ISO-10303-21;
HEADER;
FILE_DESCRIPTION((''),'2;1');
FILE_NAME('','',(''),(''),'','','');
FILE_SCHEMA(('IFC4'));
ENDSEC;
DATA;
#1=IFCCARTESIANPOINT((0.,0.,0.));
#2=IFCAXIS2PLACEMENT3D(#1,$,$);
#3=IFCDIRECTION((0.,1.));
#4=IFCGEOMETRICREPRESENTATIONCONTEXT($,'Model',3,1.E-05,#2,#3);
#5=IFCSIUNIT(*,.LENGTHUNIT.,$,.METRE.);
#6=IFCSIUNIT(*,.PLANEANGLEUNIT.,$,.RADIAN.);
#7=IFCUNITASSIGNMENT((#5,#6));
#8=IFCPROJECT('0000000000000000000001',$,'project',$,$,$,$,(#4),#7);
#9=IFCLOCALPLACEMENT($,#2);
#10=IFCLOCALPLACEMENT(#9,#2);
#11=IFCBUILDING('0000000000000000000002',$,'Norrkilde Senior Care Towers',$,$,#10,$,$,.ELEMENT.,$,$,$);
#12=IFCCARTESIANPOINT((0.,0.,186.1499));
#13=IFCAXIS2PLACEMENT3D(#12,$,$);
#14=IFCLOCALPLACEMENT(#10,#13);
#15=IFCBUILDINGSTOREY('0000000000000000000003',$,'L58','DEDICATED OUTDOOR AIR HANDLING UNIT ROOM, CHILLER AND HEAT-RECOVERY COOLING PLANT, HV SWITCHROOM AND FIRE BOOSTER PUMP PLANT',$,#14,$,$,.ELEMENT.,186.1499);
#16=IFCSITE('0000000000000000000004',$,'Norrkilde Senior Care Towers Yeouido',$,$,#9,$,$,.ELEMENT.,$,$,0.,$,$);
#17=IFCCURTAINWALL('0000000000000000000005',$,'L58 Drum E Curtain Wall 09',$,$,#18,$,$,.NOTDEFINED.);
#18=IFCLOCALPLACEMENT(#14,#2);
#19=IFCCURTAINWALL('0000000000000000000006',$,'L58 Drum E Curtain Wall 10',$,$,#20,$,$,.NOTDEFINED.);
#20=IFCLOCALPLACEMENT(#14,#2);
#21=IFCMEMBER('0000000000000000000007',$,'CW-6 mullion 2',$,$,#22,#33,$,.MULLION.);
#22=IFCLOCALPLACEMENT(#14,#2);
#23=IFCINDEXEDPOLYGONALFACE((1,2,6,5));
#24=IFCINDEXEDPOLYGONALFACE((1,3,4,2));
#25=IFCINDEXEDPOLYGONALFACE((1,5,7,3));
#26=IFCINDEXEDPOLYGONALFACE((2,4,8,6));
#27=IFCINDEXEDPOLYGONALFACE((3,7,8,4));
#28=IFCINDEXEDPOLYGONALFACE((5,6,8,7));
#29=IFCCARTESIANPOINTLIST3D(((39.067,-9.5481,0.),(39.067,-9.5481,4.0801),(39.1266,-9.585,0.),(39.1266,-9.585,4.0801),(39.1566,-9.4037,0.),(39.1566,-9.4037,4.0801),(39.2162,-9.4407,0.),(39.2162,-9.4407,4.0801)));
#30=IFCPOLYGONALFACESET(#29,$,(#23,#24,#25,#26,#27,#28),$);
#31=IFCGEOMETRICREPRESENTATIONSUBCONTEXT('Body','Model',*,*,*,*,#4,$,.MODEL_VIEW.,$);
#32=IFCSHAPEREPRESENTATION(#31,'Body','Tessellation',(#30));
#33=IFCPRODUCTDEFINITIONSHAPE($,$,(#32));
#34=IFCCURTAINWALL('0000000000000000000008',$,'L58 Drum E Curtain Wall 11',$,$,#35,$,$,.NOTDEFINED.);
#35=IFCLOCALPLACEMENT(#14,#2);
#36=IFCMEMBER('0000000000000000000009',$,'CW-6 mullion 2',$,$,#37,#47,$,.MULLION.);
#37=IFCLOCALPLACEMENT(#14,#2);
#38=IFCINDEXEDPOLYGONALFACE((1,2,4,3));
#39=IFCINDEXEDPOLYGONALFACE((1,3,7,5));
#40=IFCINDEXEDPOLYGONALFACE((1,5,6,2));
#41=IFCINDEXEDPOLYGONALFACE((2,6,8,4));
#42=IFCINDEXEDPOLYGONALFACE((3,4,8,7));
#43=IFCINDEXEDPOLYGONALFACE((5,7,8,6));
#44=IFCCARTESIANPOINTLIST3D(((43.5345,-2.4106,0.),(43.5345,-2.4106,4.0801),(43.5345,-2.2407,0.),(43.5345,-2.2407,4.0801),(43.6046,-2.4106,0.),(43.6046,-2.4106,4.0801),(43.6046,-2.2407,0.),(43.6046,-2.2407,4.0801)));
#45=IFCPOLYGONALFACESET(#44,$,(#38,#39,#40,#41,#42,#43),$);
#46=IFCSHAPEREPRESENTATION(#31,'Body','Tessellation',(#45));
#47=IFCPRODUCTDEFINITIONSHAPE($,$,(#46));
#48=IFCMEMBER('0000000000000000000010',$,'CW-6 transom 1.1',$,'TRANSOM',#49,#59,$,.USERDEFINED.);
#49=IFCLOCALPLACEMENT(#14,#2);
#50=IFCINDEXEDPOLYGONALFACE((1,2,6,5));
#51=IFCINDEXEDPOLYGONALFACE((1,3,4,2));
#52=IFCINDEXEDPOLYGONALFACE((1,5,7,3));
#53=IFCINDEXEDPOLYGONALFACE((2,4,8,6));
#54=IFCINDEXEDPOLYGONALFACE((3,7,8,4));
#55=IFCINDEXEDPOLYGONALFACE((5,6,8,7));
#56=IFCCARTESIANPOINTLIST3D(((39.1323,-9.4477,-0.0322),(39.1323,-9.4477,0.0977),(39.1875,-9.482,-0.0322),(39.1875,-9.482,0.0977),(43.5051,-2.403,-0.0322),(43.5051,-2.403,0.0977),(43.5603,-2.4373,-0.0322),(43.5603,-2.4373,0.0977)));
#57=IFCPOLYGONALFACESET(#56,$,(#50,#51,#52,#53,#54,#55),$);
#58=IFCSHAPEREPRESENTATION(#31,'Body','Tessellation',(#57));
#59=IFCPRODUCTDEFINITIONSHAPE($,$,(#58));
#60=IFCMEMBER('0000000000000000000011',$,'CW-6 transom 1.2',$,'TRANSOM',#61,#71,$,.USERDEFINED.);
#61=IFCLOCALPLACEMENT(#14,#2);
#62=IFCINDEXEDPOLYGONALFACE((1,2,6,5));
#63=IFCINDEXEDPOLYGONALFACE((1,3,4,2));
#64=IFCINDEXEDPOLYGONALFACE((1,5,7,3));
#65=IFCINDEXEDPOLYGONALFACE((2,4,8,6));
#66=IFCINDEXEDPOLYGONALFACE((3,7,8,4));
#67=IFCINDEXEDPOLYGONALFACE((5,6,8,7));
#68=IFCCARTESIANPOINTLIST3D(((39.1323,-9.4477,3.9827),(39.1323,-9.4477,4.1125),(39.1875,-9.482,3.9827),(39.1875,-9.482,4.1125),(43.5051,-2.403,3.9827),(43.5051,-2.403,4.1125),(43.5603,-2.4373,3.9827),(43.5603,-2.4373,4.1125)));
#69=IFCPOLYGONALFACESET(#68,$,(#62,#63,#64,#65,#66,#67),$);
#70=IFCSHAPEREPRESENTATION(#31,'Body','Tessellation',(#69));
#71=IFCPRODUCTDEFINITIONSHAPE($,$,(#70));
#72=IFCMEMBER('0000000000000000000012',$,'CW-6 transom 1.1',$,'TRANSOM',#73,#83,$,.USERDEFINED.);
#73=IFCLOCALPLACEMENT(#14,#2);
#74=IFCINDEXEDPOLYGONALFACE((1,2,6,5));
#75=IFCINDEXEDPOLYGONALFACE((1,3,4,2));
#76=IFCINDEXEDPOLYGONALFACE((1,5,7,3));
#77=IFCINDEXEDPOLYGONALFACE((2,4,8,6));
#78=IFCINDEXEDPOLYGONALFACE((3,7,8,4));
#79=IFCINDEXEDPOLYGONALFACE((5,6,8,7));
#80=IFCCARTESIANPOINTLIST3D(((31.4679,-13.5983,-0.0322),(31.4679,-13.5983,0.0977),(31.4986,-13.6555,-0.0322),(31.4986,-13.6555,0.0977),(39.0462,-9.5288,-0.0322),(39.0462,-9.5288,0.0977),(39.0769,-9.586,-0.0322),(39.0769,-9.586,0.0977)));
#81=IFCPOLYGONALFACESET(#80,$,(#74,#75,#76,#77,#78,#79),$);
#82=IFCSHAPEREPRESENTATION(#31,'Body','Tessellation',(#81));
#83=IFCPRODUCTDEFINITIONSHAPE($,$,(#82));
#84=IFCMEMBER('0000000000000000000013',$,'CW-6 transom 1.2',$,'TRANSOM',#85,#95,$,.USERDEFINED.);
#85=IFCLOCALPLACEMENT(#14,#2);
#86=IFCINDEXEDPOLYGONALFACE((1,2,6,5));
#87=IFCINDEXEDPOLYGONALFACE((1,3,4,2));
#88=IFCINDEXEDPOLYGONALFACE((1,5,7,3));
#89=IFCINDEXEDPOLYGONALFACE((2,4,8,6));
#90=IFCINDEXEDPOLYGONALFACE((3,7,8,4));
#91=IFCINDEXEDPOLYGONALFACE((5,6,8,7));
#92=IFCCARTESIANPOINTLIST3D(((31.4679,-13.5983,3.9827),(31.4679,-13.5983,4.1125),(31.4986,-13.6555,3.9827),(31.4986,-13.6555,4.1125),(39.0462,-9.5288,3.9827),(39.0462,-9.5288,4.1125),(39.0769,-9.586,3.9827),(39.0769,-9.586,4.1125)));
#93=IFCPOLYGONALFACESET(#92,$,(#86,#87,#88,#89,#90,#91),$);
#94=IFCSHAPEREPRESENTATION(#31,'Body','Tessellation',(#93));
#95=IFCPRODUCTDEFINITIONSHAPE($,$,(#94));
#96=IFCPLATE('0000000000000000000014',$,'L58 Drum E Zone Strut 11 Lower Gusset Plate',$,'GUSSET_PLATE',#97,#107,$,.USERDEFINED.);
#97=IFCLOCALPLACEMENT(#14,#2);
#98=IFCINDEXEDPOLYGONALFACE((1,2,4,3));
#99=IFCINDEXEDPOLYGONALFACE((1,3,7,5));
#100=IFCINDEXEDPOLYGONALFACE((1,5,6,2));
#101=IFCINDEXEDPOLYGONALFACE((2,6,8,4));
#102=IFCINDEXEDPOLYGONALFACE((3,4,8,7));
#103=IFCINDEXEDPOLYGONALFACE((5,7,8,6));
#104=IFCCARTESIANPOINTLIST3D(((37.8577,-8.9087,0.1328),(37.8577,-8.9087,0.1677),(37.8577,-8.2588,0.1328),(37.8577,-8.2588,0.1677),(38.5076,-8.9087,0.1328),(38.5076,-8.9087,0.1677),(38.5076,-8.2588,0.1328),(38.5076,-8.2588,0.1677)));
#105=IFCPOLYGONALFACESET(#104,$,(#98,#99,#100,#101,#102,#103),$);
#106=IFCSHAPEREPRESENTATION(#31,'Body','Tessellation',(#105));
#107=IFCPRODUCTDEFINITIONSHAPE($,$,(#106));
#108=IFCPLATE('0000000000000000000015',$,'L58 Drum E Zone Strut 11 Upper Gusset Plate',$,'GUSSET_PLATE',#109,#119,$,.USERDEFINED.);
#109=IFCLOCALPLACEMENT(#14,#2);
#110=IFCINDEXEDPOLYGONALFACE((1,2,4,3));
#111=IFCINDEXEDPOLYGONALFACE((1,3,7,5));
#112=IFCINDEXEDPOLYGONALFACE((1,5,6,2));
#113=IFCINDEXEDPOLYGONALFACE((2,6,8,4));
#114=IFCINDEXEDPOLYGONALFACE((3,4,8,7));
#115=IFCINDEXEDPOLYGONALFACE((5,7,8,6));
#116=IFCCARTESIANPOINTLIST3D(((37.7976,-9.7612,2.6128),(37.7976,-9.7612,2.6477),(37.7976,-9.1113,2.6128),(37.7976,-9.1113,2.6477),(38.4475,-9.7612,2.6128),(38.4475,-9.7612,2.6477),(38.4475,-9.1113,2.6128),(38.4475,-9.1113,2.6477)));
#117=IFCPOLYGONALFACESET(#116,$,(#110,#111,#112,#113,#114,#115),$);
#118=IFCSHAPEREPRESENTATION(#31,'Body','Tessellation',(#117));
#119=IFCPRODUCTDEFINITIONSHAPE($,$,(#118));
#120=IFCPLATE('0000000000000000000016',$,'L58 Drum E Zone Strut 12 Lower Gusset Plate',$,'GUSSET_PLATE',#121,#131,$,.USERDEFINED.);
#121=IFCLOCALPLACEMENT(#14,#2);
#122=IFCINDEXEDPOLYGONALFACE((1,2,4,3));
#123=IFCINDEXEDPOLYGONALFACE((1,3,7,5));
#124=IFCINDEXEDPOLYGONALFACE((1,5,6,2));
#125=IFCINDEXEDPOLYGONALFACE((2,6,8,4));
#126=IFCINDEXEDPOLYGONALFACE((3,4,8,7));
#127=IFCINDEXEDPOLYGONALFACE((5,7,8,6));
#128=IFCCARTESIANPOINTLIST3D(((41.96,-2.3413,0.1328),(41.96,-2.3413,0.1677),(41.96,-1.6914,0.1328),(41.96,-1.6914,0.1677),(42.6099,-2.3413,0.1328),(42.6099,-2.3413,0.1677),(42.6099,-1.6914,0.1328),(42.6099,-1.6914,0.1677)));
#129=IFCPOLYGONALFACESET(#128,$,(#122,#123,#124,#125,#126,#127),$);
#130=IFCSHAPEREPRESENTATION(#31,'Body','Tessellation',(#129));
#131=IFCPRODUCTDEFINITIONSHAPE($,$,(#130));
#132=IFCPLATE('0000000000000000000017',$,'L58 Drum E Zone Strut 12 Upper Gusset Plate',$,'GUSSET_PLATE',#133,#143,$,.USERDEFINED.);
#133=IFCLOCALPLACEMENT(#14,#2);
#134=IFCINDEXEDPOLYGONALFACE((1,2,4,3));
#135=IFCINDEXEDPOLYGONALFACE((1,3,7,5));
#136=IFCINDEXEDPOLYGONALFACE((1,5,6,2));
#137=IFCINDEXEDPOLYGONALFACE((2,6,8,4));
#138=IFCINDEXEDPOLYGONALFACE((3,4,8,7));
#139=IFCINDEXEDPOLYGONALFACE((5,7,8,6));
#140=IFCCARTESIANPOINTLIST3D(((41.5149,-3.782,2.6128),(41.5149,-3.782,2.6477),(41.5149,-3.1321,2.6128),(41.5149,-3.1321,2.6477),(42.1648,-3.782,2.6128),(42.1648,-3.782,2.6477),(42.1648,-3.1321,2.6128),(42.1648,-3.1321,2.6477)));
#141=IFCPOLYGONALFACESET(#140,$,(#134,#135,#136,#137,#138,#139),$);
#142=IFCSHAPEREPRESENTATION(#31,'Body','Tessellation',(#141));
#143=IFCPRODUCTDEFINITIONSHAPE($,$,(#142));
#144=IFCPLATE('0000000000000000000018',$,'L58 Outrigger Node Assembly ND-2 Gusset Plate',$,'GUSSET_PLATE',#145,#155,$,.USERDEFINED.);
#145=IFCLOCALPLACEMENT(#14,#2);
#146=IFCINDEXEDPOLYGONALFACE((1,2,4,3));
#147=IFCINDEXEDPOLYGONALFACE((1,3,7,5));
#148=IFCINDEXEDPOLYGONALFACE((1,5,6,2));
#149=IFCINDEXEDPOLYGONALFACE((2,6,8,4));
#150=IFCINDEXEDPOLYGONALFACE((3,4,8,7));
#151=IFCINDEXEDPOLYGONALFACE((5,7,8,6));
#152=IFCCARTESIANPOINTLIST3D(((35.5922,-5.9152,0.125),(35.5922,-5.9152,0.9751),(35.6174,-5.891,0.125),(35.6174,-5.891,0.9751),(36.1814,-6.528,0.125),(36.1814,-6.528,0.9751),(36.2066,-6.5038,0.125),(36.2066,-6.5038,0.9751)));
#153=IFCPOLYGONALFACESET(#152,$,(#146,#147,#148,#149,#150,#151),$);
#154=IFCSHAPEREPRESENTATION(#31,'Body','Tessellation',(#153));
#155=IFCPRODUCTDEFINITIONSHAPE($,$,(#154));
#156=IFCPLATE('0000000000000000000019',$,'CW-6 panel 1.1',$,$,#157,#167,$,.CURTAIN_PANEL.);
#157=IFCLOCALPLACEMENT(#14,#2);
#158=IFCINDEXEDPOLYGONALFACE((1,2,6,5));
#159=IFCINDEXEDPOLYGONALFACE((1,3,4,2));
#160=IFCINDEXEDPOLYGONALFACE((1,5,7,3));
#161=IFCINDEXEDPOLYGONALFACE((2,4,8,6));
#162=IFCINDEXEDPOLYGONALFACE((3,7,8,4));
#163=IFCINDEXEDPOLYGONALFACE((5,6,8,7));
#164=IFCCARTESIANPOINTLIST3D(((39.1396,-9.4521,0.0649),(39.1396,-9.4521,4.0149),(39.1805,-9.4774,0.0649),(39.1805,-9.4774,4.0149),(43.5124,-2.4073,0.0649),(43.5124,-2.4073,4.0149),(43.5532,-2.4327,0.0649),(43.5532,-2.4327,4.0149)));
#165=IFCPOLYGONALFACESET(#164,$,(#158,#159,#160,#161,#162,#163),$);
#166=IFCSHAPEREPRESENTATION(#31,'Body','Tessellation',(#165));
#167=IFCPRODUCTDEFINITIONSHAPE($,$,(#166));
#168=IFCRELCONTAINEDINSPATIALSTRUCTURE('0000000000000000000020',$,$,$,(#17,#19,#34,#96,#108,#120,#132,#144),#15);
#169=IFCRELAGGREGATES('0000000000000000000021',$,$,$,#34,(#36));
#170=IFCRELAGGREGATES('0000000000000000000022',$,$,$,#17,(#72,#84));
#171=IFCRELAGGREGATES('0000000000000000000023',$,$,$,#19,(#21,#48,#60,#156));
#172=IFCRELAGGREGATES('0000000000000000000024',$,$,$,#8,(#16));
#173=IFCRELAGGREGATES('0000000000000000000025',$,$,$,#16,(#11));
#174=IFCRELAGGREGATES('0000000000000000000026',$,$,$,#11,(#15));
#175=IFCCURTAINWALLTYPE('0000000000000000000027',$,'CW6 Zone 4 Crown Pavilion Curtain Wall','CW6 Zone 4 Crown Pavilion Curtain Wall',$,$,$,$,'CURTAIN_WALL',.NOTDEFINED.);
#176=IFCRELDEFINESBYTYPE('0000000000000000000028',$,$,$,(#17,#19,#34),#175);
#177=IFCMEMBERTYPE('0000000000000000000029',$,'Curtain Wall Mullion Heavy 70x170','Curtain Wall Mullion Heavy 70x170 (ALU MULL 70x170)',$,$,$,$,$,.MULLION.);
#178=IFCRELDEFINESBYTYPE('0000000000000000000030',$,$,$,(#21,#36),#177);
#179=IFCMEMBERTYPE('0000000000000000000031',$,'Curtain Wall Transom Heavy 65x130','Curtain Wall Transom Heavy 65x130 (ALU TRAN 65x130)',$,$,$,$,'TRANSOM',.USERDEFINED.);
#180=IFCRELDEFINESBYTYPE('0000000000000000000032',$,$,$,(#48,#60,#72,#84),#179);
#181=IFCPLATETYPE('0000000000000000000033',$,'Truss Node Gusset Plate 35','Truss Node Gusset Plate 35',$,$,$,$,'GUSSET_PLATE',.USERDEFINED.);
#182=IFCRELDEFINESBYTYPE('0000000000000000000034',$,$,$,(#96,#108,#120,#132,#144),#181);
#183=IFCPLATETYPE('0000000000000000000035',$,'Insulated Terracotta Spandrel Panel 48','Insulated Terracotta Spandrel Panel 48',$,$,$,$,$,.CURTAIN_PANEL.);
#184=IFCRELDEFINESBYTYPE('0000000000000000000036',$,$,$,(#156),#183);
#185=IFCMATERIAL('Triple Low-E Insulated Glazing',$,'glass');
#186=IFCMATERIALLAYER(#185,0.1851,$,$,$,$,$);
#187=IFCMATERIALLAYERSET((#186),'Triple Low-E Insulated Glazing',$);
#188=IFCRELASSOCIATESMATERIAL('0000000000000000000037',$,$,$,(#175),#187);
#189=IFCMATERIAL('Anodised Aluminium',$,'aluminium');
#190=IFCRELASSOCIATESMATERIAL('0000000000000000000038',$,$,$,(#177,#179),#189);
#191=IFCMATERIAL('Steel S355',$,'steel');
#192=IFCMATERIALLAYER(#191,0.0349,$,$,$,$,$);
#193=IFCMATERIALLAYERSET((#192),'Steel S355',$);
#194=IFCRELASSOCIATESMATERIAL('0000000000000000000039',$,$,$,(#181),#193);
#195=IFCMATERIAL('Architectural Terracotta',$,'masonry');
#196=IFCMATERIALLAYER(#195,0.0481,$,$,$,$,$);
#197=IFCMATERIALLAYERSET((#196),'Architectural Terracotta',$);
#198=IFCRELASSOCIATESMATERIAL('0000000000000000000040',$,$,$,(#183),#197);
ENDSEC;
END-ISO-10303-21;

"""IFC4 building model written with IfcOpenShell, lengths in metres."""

from ifc_helpers import new_model, si_unit, direction, frame, origin, origin_2d, place, context, subcontext, project, spatial, rectangle, extrude, source, transform, mapped, material, layer, layer_set, material_profile, profile_set, type_object, type_shapes, element, aggregate, save


model = new_model("IFC4")

# Units and contexts
model_context = context("Model", 3, precision=1e-05, world=origin(), true_north=direction((0.0, 1.0)))
body_context = subcontext(model_context, "Body", "Model", "MODEL_VIEW")
ifc_project = project(units=[si_unit("LENGTHUNIT", "METRE"), si_unit("PLANEANGLEUNIT", "RADIAN")], contexts=[model_context])

# Site, building, storey
site_placement = place(None, origin())
site = spatial("IfcSite", under=ifc_project, at=site_placement, Name="Norrkilde Senior Care Towers Yeouido", CompositionType="ELEMENT", RefElevation=0.0)
building_placement = place(site_placement, origin())
building = spatial("IfcBuilding", under=site, at=building_placement, Name="Norrkilde Senior Care Towers", CompositionType="ELEMENT")
storey_placement = place(building_placement, frame((0.0, 0.0, 186.1499)))
storey = spatial("IfcBuildingStorey", under=building, at=storey_placement, Name="L58", Description="DEDICATED OUTDOOR AIR HANDLING UNIT ROOM, CHILLER AND HEAT-RECOVERY COOLING PLANT, HV SWITCHROOM AND FIRE BOOSTER PUMP PLANT", CompositionType="ELEMENT", Elevation=186.1499)

# Shared definitions
ifc_material_1 = material(Name="Steel S355", Category="steel")

# Curtain wall
ifc_material_2 = material(Name="Triple Low-E Insulated Glazing", Category="glass")
ifc_layer_1 = layer(ifc_material_2, 0.1851)
ifc_layer_set_1 = layer_set([ifc_layer_1], Name="Triple Low-E Insulated Glazing")
curtain_wall_type = type_object("IfcCurtainWallType", Name="CW6 Zone 4 Crown Pavilion Curtain Wall", Description="CW6 Zone 4 Crown Pavilion Curtain Wall", ElementType="CURTAIN_WALL", PredefinedType="NOTDEFINED", material=ifc_layer_set_1)
curtain_wall_1_placement = place(storey_placement, origin())
curtain_wall_1 = element("IfcCurtainWall", 1, at=curtain_wall_1_placement, inside=storey, type_object=curtain_wall_type, Name="L58 Drum E Curtain Wall 09", PredefinedType="NOTDEFINED")
ifc_material_3 = material(Name="Anodised Aluminium", Category="aluminium")
ifc_material_profile_1 = material_profile(ifc_material_3, rectangle(XDim=0.0701, YDim=0.1699, at=origin_2d()), Name="ALU MULL 70x170")
ifc_profile_set_1 = profile_set([ifc_material_profile_1], Name="Anodised Aluminium")
member_type_1 = type_object("IfcMemberType", Name="Curtain Wall Mullion Heavy 70x170", Description="Curtain Wall Mullion Heavy 70x170 (ALU MULL 70x170)", PredefinedType="MULLION", material=ifc_profile_set_1)
shared_shape_1 = source(origin(), body_context, "Body", "SweptSolid", [
    extrude(rectangle(XDim=0.0701, YDim=0.1699, at=origin_2d()), origin(), (0.0, 0.0, 1.0), 4.0801),
])
type_shapes(member_type_1, [shared_shape_1])

# Curtain wall, member
curtain_wall_2_placement = place(storey_placement, origin())
curtain_wall_2 = element("IfcCurtainWall", 2, at=curtain_wall_2_placement, inside=storey, type_object=curtain_wall_type, Name="L58 Drum E Curtain Wall 10", PredefinedType="NOTDEFINED")
member_1_placement = place(storey_placement, frame((39.1416, -9.4944, 0.0), z_axis=(0.0, 0.0, 1.0), x_axis=(0.849634, -0.527373, 0.0)))
member_1 = element("IfcMember", 3, at=member_1_placement, type_object=member_type_1, Name="CW-6 mullion 2", PredefinedType="MULLION", context=body_context, shape_type="MappedRepresentation", body=[
    mapped(shared_shape_1, transform((0.0, 0.0, 0.0), x_axis=(1.0, 0.0, 0.0), y_axis=(0.0, 1.0, 0.0), z_axis=(0.0, 0.0, 1.0), scale=1.0)),
])

# Curtain wall, member
curtain_wall_3_placement = place(storey_placement, origin())
curtain_wall_3 = element("IfcCurtainWall", 4, at=curtain_wall_3_placement, inside=storey, type_object=curtain_wall_type, Name="L58 Drum E Curtain Wall 11", PredefinedType="NOTDEFINED")
member_2_placement = place(storey_placement, frame((43.5696, -2.3257, 0.0), z_axis=(0.0, 0.0, 1.0), x_axis=(1.0, 0.0, 0.0)))
member_2 = element("IfcMember", 5, at=member_2_placement, type_object=member_type_1, Name="CW-6 mullion 2", PredefinedType="MULLION", context=body_context, shape_type="MappedRepresentation", body=[
    mapped(shared_shape_1, transform((0.0, 0.0, 0.0), x_axis=(1.0, 0.0, 0.0), y_axis=(0.0, 1.0, 0.0), z_axis=(0.0, 0.0, 1.0), scale=1.0)),
])
aggregate(curtain_wall_3, [member_2])

# Members
ifc_material_profile_2 = material_profile(ifc_material_3, rectangle(XDim=0.0649, YDim=0.1299, at=origin_2d()), Name="ALU TRAN 65x130")
ifc_profile_set_2 = profile_set([ifc_material_profile_2], Name="Anodised Aluminium")
member_type_2 = type_object("IfcMemberType", Name="Curtain Wall Transom Heavy 65x130", Description="Curtain Wall Transom Heavy 65x130 (ALU TRAN 65x130)", ElementType="TRANSOM", PredefinedType="USERDEFINED", material=ifc_profile_set_2)
shared_shape_2 = source(origin(), body_context, "Body", "SweptSolid", [
    extrude(rectangle(XDim=0.0649, YDim=0.1299, at=origin_2d()), origin(), (0.0, 0.0, 1.0), 8.2915),
])
member_3_placement = place(storey_placement, frame((43.5327, -2.4202, 0.0327), z_axis=(-0.527384, -0.849627, 0.0), x_axis=(0.849627, -0.527384, 0.0)))
member_3 = element("IfcMember", 6, at=member_3_placement, type_object=member_type_2, Name="CW-6 transom 1.1", ObjectType="TRANSOM", PredefinedType="USERDEFINED", context=body_context, shape_type="MappedRepresentation", body=[
    mapped(shared_shape_2, transform((0.0, 0.0, 0.0), x_axis=(1.0, 0.0, 0.0), y_axis=(0.0, 1.0, 0.0), z_axis=(0.0, 0.0, 1.0), scale=1.0)),
])
member_4_placement = place(storey_placement, frame((43.5327, -2.4202, 4.0476), z_axis=(-0.527384, -0.849627, 0.0), x_axis=(0.849627, -0.527384, 0.0)))
member_4 = element("IfcMember", 7, at=member_4_placement, type_object=member_type_2, Name="CW-6 transom 1.2", ObjectType="TRANSOM", PredefinedType="USERDEFINED", context=body_context, shape_type="MappedRepresentation", body=[
    mapped(shared_shape_2, transform((0.0, 0.0, 0.0), x_axis=(1.0, 0.0, 0.0), y_axis=(0.0, 1.0, 0.0), z_axis=(0.0, 0.0, 1.0), scale=1.0)),
])
shared_shape_3 = source(origin(), body_context, "Body", "SweptSolid", [
    extrude(rectangle(XDim=0.0649, YDim=0.1299, at=origin_2d()), origin(), (0.0, 0.0, 1.0), 8.6018),
])
type_shapes(member_type_2, [shared_shape_2, shared_shape_3])
member_5_placement = place(storey_placement, frame((39.0615, -9.5574, 0.0327), z_axis=(-0.881008, -0.473101, 0.0), x_axis=(0.473101, -0.881008, 0.0)))
member_5 = element("IfcMember", 8, at=member_5_placement, type_object=member_type_2, Name="CW-6 transom 1.1", ObjectType="TRANSOM", PredefinedType="USERDEFINED", context=body_context, shape_type="MappedRepresentation", body=[
    mapped(shared_shape_3, transform((0.0, 0.0, 0.0), x_axis=(1.0, 0.0, 0.0), y_axis=(0.0, 1.0, 0.0), z_axis=(0.0, 0.0, 1.0), scale=1.0)),
])
member_6_placement = place(storey_placement, frame((39.0615, -9.5574, 4.0476), z_axis=(-0.881008, -0.473101, 0.0), x_axis=(0.473101, -0.881008, 0.0)))
member_6 = element("IfcMember", 9, at=member_6_placement, type_object=member_type_2, Name="CW-6 transom 1.2", ObjectType="TRANSOM", PredefinedType="USERDEFINED", context=body_context, shape_type="MappedRepresentation", body=[
    mapped(shared_shape_3, transform((0.0, 0.0, 0.0), x_axis=(1.0, 0.0, 0.0), y_axis=(0.0, 1.0, 0.0), z_axis=(0.0, 0.0, 1.0), scale=1.0)),
])
aggregate(curtain_wall_1, [member_5, member_6])

# Plates
ifc_layer_2 = layer(ifc_material_1, 0.0349)
ifc_layer_set_2 = layer_set([ifc_layer_2], Name="Steel S355")
plate_type_1 = type_object("IfcPlateType", Name="Truss Node Gusset Plate 35", Description="Truss Node Gusset Plate 35", ElementType="GUSSET_PLATE", PredefinedType="USERDEFINED", material=ifc_layer_set_2)
shared_shape_4 = source(origin(), body_context, "Body", "SweptSolid", [
    extrude(rectangle(XDim=0.6499, YDim=0.6499, at=origin_2d()), origin(), (0.0, 0.0, 1.0), 0.0349),
])
for number, where, z_axis, x_axis, name in (
    (10, (38.1826, -8.5837, 0.1328), (0.0, 0.0, 1.0), (1.0, 0.0, 0.0), "L58 Drum E Zone Strut 11 Lower Gusset Plate"),
    (11, (38.1226, -9.4363, 2.6128), (0.0, 0.0, 1.0), (1.0, 0.0, 0.0), "L58 Drum E Zone Strut 11 Upper Gusset Plate"),
    (12, (42.2849, -2.0164, 0.1328), (0.0, 0.0, 1.0), (1.0, 0.0, 0.0), "L58 Drum E Zone Strut 12 Lower Gusset Plate"),
    (13, (41.8398, -3.457, 2.6128), (0.0, 0.0, 1.0), (1.0, 0.0, 0.0), "L58 Drum E Zone Strut 12 Upper Gusset Plate"),
):
    element("IfcPlate", number, at=place(storey_placement, frame(where, z_axis=z_axis, x_axis=x_axis)), inside=storey, type_object=plate_type_1, Name=name, ObjectType="GUSSET_PLATE", PredefinedType="USERDEFINED", context=body_context, shape_type="MappedRepresentation", body=[
        mapped(shared_shape_4, transform((0.0, 0.0, 0.0), x_axis=(1.0, 0.0, 0.0), y_axis=(0.0, 1.0, 0.0), z_axis=(0.0, 0.0, 1.0), scale=1.0)),
    ])
shared_shape_5 = source(origin(), body_context, "Body", "SweptSolid", [
    extrude(rectangle(XDim=0.8501, YDim=0.0349, at=origin_2d()), origin(), (0.0, 0.0, 1.0), 0.8501),
])
type_shapes(plate_type_1, [shared_shape_4, shared_shape_5])
plate_1_placement = place(storey_placement, frame((35.8994, -6.2095, 0.125), z_axis=(0.0, 0.0, 1.0), x_axis=(0.693134, -0.720809, 0.0)))
element("IfcPlate", 14, at=plate_1_placement, inside=storey, type_object=plate_type_1, Name="L58 Outrigger Node Assembly ND-2 Gusset Plate", ObjectType="GUSSET_PLATE", PredefinedType="USERDEFINED", context=body_context, shape_type="MappedRepresentation", body=[
    mapped(shared_shape_5, transform((0.0, 0.0, 0.0), x_axis=(1.0, 0.0, 0.0), y_axis=(0.0, 1.0, 0.0), z_axis=(0.0, 0.0, 1.0), scale=1.0)),
])

# Plate
ifc_material_4 = material(Name="Architectural Terracotta", Category="masonry")
ifc_layer_3 = layer(ifc_material_4, 0.0481)
ifc_layer_set_3 = layer_set([ifc_layer_3], Name="Architectural Terracotta")
plate_type_2 = type_object("IfcPlateType", Name="Insulated Terracotta Spandrel Panel 48", Description="Insulated Terracotta Spandrel Panel 48", PredefinedType="CURTAIN_PANEL", material=ifc_layer_set_3)
shared_shape_6 = source(origin(), body_context, "Body", "SweptSolid", [
    extrude(rectangle(XDim=8.2915, YDim=0.0481, at=origin_2d()), origin(), (0.0, 0.0, 1.0), 3.95),
])
type_shapes(plate_type_2, [shared_shape_6])
plate_2_placement = place(storey_placement, frame((41.3464, -5.9424, 0.0649), z_axis=(0.0, 0.0, 1.0), x_axis=(-0.527373, -0.849634, 0.0)))
plate_2 = element("IfcPlate", 15, at=plate_2_placement, type_object=plate_type_2, Name="CW-6 panel 1.1", PredefinedType="CURTAIN_PANEL", context=body_context, shape_type="MappedRepresentation", body=[
    mapped(shared_shape_6, transform((0.0, 0.0, 0.0), x_axis=(1.0, 0.0, 0.0), y_axis=(0.0, 1.0, 0.0), z_axis=(0.0, 0.0, 1.0), scale=1.0)),
])
aggregate(curtain_wall_2, [member_1, member_3, member_4, plate_2])

save(model, "model.ifc")
